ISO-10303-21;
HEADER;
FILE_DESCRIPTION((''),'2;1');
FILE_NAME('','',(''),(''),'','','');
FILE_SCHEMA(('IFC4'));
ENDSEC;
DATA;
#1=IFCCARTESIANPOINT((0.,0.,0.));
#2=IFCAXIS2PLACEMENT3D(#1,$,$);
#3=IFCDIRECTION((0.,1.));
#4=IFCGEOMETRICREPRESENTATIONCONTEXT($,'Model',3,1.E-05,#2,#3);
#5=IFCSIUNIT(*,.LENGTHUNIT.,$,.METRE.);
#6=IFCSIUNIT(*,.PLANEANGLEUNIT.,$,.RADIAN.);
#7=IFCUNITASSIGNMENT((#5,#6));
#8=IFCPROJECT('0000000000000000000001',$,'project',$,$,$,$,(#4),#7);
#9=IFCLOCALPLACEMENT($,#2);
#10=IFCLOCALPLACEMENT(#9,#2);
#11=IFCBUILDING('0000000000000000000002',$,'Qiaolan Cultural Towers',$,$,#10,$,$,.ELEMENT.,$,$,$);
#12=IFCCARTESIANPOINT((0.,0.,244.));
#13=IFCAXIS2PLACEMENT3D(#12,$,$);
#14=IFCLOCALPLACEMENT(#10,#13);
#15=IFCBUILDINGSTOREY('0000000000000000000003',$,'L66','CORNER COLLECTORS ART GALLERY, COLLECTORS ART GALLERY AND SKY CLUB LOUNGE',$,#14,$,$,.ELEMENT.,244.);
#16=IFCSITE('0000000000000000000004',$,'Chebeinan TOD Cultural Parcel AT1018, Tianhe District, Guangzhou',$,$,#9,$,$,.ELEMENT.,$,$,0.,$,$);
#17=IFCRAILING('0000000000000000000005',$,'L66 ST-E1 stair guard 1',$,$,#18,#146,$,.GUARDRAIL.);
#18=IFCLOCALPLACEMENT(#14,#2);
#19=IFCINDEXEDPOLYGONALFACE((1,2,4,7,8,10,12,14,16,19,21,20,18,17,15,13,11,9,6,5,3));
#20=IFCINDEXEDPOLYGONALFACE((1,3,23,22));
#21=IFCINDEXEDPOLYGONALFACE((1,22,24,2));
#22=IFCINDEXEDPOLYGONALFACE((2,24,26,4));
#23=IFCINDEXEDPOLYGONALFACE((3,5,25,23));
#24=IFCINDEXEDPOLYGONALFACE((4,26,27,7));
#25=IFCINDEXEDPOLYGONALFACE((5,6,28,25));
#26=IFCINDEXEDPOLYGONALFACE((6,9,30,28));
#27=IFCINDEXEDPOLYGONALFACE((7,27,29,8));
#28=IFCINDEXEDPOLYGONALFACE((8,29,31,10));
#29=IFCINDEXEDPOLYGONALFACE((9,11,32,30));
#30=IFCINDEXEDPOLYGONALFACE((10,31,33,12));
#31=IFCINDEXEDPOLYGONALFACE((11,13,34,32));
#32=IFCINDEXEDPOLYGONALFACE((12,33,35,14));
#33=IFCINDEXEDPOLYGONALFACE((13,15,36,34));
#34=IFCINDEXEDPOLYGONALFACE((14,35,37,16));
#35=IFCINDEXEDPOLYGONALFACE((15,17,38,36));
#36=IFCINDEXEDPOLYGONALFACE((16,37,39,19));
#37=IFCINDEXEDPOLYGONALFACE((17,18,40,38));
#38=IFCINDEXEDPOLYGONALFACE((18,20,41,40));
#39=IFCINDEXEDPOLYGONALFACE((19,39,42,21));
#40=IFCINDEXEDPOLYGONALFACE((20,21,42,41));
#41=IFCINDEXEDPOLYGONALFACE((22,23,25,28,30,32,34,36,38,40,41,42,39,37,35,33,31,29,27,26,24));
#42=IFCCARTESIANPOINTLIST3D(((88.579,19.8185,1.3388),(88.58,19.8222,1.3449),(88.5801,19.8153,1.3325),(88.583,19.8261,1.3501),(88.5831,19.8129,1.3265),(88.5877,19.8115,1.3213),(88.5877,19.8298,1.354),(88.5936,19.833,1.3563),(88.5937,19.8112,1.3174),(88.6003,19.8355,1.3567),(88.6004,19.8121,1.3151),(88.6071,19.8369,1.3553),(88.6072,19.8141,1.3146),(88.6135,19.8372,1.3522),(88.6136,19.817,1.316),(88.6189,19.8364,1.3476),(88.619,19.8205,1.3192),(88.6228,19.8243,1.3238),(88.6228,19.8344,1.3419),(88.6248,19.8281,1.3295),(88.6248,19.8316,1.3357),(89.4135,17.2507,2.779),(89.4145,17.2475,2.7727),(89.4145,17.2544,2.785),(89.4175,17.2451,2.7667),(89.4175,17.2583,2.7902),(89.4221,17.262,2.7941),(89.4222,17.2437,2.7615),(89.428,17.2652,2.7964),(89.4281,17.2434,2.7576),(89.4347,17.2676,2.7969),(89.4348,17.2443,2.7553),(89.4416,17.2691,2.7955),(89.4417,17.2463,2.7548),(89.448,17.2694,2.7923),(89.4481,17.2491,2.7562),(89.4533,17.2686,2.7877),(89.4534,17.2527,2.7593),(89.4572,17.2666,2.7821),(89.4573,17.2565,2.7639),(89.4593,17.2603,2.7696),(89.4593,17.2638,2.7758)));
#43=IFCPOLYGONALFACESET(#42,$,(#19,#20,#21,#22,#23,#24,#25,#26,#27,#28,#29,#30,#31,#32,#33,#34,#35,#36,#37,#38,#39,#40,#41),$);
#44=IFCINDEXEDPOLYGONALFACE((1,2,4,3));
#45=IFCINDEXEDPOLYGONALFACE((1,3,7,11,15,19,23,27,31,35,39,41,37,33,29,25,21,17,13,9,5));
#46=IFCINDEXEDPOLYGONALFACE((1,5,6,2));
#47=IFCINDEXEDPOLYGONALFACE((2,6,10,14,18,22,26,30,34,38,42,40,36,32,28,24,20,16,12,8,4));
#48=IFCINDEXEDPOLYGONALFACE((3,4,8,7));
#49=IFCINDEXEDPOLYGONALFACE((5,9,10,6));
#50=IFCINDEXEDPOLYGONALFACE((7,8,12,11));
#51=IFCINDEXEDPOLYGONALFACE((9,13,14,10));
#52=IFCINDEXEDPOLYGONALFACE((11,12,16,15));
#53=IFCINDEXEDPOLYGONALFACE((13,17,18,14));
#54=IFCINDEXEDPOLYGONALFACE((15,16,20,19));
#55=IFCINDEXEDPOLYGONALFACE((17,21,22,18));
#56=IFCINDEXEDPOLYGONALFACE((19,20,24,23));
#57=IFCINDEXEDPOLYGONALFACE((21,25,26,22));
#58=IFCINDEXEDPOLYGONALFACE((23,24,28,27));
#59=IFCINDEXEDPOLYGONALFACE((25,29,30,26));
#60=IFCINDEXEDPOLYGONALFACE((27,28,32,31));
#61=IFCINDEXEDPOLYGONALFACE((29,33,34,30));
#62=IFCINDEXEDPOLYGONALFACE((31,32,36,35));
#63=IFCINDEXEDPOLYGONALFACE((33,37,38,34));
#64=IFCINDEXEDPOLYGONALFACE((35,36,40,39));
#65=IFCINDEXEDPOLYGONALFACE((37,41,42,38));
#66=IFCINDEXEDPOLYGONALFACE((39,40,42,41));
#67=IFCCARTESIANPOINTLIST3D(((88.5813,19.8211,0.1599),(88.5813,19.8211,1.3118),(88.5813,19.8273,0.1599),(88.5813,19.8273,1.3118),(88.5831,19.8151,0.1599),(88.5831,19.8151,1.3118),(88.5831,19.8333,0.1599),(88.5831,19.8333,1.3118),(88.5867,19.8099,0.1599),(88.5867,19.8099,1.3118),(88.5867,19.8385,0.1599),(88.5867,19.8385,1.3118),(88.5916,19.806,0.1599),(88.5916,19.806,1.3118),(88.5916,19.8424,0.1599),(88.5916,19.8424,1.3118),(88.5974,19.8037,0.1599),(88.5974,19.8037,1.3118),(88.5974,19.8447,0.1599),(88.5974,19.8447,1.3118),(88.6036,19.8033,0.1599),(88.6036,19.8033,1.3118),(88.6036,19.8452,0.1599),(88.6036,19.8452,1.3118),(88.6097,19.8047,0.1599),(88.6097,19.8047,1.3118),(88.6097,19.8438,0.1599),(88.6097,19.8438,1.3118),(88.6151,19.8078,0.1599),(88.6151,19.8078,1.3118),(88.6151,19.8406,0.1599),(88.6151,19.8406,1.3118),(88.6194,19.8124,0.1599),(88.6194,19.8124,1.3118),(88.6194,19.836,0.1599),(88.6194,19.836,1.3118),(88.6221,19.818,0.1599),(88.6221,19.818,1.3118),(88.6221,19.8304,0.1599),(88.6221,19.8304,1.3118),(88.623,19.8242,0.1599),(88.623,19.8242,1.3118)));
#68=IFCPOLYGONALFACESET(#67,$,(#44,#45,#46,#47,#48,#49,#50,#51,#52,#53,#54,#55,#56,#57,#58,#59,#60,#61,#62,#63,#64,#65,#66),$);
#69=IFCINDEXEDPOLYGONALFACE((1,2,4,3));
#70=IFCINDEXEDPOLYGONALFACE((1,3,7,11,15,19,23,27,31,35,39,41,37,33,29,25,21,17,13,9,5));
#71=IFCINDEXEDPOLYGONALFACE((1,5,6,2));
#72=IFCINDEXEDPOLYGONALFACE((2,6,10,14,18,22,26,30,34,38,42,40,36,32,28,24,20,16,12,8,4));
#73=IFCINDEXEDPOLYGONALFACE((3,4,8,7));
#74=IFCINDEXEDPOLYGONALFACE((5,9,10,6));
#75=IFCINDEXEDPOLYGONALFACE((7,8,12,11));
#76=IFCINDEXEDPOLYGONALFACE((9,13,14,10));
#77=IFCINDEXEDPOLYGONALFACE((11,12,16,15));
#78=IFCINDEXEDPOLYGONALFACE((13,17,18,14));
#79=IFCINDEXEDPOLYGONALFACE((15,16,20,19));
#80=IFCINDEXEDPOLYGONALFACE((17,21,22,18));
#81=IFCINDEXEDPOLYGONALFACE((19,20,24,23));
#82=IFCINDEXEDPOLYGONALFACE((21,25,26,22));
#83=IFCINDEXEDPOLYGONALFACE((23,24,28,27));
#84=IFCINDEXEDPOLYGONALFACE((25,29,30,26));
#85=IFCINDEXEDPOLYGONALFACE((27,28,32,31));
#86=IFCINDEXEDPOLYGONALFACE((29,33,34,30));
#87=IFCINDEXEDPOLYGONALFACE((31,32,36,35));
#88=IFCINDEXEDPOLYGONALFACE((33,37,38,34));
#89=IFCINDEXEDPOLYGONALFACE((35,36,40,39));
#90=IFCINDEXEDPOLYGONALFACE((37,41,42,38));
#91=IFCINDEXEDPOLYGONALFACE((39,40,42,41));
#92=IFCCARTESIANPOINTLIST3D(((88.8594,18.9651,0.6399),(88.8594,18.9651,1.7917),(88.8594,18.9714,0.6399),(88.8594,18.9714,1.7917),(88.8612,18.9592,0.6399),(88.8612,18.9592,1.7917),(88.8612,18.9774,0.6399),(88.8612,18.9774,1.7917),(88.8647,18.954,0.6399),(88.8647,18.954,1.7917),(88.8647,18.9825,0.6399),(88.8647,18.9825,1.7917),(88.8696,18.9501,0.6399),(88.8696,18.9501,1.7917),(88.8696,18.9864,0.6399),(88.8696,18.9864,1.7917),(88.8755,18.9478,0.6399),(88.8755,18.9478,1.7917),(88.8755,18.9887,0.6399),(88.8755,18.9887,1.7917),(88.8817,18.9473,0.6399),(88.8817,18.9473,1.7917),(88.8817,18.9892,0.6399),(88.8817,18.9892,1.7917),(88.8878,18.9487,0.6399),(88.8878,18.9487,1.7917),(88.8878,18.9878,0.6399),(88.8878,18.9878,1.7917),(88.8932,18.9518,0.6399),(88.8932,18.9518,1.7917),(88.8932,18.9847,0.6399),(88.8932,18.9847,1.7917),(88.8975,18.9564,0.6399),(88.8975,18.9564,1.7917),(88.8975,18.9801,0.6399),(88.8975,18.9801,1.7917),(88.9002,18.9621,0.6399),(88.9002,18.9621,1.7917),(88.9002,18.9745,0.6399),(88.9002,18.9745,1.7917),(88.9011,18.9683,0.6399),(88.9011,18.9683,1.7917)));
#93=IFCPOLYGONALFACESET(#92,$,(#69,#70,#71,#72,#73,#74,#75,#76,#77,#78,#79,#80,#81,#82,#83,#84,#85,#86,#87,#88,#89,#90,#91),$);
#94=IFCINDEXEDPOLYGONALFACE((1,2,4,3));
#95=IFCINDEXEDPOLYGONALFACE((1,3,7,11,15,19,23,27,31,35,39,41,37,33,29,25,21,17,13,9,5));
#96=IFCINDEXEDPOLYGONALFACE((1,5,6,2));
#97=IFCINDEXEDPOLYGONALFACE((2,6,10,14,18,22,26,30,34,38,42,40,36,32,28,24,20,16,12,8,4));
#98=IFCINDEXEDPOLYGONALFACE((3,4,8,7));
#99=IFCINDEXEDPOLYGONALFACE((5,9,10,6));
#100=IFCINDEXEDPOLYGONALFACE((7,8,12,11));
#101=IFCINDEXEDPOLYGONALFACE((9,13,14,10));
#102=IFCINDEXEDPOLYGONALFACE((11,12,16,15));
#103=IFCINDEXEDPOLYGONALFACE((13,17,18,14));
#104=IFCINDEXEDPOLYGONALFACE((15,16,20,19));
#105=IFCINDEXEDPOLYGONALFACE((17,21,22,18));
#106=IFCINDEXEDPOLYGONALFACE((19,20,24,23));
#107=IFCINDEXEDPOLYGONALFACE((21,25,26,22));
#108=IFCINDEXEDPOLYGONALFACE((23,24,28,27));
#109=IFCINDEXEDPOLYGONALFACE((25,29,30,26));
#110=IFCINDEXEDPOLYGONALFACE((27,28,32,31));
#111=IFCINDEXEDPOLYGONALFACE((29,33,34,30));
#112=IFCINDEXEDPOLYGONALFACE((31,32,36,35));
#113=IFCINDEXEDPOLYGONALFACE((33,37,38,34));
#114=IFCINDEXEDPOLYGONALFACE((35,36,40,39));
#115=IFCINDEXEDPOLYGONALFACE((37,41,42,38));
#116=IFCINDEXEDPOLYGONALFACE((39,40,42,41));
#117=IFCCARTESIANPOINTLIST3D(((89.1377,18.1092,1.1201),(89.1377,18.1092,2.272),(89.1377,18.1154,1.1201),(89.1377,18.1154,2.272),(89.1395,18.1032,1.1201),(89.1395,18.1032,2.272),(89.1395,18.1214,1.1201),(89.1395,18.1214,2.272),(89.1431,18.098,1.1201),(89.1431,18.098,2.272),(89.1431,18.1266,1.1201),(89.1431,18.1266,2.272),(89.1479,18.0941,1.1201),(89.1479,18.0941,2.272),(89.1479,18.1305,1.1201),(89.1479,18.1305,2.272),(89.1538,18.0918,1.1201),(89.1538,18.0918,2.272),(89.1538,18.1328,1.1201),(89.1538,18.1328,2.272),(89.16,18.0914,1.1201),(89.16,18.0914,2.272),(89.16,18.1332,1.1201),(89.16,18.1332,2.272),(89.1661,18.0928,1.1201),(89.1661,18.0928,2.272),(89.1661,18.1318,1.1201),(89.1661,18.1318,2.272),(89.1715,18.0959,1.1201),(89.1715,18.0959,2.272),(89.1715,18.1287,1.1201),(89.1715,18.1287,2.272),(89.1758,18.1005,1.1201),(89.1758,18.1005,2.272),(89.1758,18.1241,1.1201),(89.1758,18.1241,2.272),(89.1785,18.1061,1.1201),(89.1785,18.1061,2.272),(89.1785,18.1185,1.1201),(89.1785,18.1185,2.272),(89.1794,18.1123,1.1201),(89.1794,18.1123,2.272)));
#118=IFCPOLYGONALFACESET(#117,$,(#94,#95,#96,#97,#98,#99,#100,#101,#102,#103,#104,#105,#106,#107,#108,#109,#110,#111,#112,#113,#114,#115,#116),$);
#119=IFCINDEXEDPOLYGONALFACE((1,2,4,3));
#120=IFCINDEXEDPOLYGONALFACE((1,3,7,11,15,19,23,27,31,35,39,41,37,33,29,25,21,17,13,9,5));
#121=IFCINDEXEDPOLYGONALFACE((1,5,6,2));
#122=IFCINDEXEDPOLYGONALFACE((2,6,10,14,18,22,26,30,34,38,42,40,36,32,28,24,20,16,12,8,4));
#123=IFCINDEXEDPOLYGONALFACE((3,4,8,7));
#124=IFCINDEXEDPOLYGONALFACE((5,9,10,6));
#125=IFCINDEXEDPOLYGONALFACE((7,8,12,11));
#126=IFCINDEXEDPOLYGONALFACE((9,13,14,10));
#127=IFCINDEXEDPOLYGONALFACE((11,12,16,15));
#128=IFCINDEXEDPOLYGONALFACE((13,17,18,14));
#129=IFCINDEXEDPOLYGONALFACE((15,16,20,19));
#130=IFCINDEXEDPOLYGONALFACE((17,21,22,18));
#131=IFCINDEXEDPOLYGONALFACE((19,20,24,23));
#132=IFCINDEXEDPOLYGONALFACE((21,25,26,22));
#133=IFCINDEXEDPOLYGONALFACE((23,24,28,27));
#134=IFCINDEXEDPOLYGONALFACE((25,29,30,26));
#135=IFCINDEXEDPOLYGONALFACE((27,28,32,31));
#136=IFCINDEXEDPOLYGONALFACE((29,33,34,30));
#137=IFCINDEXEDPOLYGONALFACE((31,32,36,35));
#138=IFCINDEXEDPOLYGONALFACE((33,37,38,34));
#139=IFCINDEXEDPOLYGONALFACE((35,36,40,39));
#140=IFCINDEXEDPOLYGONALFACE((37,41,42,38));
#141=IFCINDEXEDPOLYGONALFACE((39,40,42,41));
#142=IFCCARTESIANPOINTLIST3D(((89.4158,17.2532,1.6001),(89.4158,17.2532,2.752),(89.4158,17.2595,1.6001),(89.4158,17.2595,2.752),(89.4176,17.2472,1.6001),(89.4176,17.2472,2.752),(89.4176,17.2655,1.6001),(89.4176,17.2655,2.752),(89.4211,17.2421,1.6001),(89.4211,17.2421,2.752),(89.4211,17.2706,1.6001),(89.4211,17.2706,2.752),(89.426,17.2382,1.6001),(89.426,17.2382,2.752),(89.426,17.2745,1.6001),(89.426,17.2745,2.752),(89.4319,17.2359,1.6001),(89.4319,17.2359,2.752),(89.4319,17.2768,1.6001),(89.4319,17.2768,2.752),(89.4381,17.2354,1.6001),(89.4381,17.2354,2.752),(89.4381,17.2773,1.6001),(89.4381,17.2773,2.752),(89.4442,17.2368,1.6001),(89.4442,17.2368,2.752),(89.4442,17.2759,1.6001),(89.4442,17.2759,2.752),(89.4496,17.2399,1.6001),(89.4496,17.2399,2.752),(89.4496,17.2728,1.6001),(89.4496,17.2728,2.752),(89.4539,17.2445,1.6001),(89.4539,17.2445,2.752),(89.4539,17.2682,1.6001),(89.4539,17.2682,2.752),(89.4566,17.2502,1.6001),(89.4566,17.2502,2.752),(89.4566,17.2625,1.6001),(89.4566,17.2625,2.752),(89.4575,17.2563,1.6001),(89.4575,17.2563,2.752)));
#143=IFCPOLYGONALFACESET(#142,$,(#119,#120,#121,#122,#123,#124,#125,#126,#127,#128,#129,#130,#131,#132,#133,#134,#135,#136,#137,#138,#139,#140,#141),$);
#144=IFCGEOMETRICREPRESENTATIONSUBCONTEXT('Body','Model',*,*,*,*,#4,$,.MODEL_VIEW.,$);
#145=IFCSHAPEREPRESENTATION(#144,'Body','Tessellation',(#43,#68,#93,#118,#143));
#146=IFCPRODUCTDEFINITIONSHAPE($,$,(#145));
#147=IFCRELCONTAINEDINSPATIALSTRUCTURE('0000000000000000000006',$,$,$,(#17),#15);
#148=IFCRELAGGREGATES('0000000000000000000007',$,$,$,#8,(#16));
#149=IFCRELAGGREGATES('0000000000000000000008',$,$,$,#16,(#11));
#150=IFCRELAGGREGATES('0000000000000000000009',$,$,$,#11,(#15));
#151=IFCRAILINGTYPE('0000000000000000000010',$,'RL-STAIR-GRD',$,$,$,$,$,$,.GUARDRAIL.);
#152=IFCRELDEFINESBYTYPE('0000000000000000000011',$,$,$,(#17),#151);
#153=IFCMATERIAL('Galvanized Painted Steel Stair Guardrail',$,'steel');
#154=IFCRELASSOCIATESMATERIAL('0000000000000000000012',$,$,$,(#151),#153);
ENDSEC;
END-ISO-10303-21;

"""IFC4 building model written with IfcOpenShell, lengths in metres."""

from ifc_helpers import new_model, si_unit, direction, frame, origin, origin_2d, place, context, subcontext, project, spatial, circle, extrude, material, type_object, element, save


model = new_model("IFC4")

# Units and contexts
model_context = context("Model", 3, precision=1e-05, world=origin(), true_north=direction((0.0, 1.0)))
body_context = subcontext(model_context, "Body", "Model", "MODEL_VIEW")
ifc_project = project(units=[si_unit("LENGTHUNIT", "METRE"), si_unit("PLANEANGLEUNIT", "RADIAN")], contexts=[model_context])

# Site, building, storey
site_placement = place(None, origin())
site = spatial("IfcSite", under=ifc_project, at=site_placement, Name="Chebeinan TOD Cultural Parcel AT1018, Tianhe District, Guangzhou", CompositionType="ELEMENT", RefElevation=0.0)
building_placement = place(site_placement, origin())
building = spatial("IfcBuilding", under=site, at=building_placement, Name="Qiaolan Cultural Towers", CompositionType="ELEMENT")
storey_placement = place(building_placement, frame((0.0, 0.0, 244.0)))
storey = spatial("IfcBuildingStorey", under=building, at=storey_placement, Name="L66", Description="CORNER COLLECTORS ART GALLERY, COLLECTORS ART GALLERY AND SKY CLUB LOUNGE", CompositionType="ELEMENT", Elevation=244.0)

# Railing
ifc_material_1 = material(Name="Galvanized Painted Steel Stair Guardrail", Category="steel")
railing_type_1 = type_object("IfcRailingType", Name="RL-STAIR-GRD", PredefinedType="GUARDRAIL", material=ifc_material_1)
railing_1_placement = place(storey_placement, frame((88.6021, 19.8242, 0.1599)))
element("IfcRailing", 1, at=railing_1_placement, inside=storey, type_object=railing_type_1, Name="L66 ST-E1 stair guard 1", PredefinedType="GUARDRAIL", context=body_context, shape_type="SweptSolid", body=[
    extrude(circle(Radius=0.0239, at=origin_2d()), frame((0.0, 0.0, 1.1758), z_axis=(0.272691, -0.839136, 0.470628), x_axis=(0.951043, 0.309057, 0.0)), (0.0, 0.0, 1.0), 3.0601),
    extrude(circle(Radius=0.021, at=origin_2d()), origin(), (0.0, 0.0, 1.0), 1.1519),
    extrude(circle(Radius=0.021, at=origin_2d()), frame((0.2781, -0.856, 0.48)), (0.0, 0.0, 1.0), 1.1519),
    extrude(circle(Radius=0.021, at=origin_2d()), frame((0.5564, -1.7119, 0.9602)), (0.0, 0.0, 1.0), 1.1519),
    extrude(circle(Radius=0.021, at=origin_2d()), frame((0.8345, -2.5679, 1.4402)), (0.0, 0.0, 1.0), 1.1519),
])

save(model, "model.ifc")
